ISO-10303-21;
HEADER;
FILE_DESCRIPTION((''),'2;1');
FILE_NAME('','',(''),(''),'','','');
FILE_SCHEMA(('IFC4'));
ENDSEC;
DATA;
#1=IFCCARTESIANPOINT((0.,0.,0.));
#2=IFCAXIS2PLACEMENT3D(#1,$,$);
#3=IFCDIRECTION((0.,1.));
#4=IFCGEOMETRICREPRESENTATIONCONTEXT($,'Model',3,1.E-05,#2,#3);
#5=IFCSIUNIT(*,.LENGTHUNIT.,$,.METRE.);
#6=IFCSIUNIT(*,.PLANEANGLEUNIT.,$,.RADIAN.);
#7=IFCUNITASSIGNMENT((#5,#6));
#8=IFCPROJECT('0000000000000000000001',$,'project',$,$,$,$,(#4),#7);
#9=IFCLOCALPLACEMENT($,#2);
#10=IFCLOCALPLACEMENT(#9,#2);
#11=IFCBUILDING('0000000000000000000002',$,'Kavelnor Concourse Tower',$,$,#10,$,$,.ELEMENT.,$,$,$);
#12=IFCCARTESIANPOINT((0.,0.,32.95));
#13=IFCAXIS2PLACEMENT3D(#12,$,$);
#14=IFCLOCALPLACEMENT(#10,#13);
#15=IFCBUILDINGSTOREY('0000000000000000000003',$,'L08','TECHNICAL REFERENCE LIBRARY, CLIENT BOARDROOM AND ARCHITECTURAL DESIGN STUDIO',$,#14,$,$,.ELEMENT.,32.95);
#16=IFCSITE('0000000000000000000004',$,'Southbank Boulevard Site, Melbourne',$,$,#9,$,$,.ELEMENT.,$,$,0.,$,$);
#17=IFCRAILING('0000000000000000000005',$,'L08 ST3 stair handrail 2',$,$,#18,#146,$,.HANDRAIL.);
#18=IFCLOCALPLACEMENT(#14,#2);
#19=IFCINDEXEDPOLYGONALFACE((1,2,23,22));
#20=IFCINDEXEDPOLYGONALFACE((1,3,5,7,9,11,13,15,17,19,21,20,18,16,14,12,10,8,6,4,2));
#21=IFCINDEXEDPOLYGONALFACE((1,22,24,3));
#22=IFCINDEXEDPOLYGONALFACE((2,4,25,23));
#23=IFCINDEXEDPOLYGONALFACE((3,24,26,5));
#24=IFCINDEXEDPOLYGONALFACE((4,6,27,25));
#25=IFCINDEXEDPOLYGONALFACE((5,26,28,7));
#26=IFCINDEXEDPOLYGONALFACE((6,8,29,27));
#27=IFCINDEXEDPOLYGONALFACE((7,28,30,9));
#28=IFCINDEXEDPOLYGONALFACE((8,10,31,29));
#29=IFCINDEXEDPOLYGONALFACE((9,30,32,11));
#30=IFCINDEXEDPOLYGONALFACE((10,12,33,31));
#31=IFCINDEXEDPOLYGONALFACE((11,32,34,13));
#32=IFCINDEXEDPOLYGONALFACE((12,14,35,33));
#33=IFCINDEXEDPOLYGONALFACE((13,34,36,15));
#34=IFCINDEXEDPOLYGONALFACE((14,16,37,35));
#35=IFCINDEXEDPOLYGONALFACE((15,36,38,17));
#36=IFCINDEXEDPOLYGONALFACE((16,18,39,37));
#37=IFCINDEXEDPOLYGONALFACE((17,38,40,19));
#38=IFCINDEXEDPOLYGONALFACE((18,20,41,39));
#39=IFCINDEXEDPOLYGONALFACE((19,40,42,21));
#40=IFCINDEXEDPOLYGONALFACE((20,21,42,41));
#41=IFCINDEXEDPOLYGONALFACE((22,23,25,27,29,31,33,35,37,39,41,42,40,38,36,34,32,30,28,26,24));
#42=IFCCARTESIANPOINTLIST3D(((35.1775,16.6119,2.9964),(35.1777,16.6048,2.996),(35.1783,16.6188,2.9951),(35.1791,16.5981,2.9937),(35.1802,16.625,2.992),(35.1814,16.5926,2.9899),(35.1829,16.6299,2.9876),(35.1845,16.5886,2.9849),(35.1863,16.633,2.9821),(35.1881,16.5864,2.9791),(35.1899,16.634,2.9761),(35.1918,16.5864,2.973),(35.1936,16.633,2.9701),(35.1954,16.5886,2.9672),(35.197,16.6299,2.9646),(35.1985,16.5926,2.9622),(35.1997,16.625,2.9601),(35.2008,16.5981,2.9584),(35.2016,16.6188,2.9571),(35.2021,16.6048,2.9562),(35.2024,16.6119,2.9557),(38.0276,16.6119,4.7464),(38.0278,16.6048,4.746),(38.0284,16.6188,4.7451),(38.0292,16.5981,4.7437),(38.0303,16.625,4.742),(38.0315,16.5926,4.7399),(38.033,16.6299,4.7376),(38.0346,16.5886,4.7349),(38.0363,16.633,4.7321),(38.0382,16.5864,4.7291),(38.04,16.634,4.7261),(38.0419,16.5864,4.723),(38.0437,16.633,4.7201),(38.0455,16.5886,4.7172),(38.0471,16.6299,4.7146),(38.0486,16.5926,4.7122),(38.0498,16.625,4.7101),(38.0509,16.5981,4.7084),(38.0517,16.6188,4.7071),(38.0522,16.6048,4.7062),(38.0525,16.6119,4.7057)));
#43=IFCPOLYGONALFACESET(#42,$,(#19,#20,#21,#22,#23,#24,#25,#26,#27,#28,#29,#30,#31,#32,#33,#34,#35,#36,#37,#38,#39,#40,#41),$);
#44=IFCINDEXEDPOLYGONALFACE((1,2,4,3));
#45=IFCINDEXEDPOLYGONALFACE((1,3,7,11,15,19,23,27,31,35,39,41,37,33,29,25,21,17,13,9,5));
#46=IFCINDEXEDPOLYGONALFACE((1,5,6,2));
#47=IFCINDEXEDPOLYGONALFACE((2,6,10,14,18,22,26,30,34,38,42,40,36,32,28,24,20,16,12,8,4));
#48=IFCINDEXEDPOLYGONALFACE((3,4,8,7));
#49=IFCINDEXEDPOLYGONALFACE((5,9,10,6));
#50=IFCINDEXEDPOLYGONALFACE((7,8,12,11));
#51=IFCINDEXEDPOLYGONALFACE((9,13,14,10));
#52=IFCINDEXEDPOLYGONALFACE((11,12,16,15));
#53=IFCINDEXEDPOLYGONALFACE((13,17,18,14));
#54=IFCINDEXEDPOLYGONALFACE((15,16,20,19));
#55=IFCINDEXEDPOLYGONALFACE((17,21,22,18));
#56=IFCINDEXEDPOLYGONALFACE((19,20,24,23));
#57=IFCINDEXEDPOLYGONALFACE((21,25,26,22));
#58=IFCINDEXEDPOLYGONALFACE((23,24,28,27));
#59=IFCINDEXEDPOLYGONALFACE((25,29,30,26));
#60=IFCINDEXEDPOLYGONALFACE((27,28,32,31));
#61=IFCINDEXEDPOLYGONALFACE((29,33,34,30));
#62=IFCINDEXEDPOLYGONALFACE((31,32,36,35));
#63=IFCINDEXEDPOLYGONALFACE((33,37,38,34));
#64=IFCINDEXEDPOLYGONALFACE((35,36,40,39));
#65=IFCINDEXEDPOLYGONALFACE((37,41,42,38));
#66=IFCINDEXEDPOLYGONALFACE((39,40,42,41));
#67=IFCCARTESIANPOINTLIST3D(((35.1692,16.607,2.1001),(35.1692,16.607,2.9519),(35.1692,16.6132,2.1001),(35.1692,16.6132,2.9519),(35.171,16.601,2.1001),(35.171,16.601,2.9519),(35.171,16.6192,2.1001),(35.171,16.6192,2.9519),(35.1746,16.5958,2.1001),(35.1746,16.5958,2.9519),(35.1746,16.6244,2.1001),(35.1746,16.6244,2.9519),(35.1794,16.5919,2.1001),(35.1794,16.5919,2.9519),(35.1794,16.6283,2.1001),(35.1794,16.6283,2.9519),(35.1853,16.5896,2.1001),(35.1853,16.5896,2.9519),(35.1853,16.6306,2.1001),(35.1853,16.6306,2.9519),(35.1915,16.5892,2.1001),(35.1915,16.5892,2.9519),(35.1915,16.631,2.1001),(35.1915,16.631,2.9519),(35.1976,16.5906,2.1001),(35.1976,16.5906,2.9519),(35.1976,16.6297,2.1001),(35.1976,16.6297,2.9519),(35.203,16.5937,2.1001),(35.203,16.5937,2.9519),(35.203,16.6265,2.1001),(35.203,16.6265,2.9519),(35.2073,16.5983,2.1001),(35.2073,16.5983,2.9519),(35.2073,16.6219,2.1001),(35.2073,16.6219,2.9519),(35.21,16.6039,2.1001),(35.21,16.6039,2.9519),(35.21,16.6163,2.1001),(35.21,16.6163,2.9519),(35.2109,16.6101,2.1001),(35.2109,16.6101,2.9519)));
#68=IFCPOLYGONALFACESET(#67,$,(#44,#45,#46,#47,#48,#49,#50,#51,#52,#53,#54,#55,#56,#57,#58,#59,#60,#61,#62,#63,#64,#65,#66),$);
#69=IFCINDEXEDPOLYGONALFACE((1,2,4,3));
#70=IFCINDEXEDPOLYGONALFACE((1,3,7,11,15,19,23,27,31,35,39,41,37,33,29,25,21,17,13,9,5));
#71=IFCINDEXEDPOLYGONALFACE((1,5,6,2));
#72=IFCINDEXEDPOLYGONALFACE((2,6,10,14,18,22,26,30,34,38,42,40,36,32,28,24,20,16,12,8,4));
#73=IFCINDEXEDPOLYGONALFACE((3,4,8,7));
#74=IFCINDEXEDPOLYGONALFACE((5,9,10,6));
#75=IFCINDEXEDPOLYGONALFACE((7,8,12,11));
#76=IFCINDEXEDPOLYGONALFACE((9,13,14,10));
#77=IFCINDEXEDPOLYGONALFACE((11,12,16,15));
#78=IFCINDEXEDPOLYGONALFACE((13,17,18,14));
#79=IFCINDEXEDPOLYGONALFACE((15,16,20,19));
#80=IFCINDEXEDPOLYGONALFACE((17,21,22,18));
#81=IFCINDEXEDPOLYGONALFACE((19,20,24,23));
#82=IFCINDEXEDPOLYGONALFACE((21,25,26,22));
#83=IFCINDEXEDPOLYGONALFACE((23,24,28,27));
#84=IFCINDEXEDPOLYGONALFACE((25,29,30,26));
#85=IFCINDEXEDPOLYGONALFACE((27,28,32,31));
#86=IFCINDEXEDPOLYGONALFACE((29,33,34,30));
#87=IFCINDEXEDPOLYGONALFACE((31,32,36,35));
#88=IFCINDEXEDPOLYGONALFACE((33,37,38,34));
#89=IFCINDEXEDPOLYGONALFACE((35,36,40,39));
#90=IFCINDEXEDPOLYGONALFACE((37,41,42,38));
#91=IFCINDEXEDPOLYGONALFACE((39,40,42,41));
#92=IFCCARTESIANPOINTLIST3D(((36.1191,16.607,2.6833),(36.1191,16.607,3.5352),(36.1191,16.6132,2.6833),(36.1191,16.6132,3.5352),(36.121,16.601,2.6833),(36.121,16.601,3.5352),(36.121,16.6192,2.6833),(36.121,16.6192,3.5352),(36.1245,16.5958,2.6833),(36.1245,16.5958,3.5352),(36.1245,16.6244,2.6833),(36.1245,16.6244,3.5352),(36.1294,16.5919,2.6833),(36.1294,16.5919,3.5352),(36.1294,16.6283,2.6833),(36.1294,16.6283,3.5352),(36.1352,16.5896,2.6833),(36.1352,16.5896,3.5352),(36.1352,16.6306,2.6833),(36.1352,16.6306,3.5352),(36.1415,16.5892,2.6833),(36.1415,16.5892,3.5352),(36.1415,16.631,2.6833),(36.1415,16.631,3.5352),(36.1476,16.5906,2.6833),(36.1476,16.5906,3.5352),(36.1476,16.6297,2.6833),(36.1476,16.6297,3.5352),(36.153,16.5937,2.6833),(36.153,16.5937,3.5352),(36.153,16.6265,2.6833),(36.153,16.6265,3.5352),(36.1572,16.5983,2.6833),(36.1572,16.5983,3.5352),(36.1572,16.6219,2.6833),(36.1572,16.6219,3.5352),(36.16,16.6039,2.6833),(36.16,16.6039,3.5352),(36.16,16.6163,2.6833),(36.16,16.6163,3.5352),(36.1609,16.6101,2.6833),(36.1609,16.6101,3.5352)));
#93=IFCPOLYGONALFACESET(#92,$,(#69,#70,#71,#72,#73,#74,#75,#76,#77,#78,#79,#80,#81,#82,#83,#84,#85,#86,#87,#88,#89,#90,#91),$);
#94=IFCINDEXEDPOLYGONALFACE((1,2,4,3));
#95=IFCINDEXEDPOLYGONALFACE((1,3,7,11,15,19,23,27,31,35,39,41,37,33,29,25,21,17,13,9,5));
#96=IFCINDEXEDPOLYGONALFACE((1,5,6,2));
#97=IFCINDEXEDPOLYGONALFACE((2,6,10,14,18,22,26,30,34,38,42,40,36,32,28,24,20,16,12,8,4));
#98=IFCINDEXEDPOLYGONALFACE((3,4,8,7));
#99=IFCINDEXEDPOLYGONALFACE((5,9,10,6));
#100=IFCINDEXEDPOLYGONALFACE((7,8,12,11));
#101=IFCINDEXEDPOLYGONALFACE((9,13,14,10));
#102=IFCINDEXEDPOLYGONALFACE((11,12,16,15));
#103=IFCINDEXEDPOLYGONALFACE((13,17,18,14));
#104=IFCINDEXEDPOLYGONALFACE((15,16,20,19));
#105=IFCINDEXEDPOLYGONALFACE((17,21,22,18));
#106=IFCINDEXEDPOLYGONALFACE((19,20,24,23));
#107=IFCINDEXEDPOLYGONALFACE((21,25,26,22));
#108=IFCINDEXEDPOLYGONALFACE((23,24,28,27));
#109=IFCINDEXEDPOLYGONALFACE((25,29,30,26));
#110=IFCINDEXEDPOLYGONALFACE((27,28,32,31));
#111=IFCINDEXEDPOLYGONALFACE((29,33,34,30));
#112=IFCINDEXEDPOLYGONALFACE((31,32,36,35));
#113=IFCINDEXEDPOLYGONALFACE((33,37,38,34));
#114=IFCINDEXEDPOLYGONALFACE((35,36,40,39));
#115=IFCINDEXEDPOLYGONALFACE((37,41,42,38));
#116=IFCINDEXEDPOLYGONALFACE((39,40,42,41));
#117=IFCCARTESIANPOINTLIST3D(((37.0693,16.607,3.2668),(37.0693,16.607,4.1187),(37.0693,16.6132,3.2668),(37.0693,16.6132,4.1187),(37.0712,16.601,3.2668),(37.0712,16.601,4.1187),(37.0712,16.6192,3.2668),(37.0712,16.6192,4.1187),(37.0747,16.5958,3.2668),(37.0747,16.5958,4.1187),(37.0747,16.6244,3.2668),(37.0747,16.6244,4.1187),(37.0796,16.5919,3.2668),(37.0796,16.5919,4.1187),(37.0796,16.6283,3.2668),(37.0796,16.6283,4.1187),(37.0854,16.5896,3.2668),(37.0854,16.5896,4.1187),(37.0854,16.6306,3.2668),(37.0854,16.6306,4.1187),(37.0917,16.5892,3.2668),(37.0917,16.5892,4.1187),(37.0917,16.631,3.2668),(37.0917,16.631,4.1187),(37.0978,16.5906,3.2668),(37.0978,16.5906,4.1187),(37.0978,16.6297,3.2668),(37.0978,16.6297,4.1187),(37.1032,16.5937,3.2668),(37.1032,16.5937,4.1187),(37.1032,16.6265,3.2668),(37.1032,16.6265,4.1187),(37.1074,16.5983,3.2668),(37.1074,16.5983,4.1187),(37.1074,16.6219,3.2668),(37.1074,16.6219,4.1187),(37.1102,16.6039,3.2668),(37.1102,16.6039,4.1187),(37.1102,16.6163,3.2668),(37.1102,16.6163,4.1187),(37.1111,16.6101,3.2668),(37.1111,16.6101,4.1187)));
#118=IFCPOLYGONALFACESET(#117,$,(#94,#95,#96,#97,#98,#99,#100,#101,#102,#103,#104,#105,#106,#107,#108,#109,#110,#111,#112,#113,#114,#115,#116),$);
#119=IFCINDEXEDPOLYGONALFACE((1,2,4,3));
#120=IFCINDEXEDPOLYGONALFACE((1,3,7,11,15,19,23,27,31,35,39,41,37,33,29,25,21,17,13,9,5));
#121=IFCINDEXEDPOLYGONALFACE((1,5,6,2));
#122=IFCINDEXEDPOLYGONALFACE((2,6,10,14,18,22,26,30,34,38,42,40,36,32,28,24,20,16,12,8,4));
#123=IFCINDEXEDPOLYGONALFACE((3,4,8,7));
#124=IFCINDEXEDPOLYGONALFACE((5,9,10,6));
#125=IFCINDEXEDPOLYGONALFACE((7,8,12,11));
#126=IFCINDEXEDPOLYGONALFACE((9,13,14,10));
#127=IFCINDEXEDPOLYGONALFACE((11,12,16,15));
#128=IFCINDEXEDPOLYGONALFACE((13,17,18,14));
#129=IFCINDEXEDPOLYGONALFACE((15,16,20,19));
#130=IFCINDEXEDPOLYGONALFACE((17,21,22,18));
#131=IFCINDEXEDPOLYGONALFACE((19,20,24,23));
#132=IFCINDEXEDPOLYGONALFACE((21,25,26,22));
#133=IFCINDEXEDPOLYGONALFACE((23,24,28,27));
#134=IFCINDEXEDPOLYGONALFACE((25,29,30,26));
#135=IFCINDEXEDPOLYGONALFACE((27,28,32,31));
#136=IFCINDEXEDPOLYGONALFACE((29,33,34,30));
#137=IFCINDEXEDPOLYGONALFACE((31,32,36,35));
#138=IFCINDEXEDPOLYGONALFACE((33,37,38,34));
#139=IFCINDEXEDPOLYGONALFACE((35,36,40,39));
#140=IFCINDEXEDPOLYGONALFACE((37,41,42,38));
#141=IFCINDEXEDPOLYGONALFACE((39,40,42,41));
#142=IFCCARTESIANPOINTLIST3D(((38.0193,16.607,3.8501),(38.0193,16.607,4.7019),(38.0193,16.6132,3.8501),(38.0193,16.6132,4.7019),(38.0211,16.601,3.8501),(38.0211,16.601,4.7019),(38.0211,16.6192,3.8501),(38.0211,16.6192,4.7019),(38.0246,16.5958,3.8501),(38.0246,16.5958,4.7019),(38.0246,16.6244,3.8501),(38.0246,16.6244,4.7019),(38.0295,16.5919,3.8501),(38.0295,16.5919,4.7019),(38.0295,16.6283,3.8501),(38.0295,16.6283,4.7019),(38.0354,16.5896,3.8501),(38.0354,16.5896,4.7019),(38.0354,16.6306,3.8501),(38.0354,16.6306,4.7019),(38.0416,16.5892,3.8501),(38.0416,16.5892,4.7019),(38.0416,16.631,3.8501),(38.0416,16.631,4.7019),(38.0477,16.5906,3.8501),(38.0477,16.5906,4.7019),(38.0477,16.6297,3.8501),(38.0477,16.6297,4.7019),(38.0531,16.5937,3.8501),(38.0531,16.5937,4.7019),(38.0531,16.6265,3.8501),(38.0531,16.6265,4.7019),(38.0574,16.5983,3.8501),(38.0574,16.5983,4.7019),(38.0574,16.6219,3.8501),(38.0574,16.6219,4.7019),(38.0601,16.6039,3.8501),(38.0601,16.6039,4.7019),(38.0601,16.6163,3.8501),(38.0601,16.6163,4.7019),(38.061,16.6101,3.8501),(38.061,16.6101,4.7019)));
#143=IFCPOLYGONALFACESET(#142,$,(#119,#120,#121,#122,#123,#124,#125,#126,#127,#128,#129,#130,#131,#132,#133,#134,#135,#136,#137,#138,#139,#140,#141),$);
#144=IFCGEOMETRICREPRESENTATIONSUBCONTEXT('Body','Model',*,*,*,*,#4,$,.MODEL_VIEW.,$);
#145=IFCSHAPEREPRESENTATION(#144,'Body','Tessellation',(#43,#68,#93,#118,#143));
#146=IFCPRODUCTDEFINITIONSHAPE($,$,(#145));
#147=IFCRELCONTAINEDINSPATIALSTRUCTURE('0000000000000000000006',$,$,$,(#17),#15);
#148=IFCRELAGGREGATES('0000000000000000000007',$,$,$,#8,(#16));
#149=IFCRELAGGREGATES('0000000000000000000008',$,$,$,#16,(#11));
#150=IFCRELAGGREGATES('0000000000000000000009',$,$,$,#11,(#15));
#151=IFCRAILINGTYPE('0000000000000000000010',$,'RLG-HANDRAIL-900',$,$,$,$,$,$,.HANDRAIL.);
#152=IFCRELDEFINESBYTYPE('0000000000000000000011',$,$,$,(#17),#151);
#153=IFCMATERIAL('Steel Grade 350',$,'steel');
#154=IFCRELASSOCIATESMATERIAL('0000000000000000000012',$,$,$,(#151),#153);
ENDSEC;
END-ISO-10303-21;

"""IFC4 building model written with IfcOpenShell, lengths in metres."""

from ifc_helpers import new_model, si_unit, direction, frame, origin, origin_2d, place, context, subcontext, project, spatial, circle, extrude, material, type_object, element, save


model = new_model("IFC4")

# Units and contexts
model_context = context("Model", 3, precision=1e-05, world=origin(), true_north=direction((0.0, 1.0)))
body_context = subcontext(model_context, "Body", "Model", "MODEL_VIEW")
ifc_project = project(units=[si_unit("LENGTHUNIT", "METRE"), si_unit("PLANEANGLEUNIT", "RADIAN")], contexts=[model_context])

# Site, building, storey
site_placement = place(None, origin())
site = spatial("IfcSite", under=ifc_project, at=site_placement, Name="Southbank Boulevard Site, Melbourne", CompositionType="ELEMENT", RefElevation=0.0)
building_placement = place(site_placement, origin())
building = spatial("IfcBuilding", under=site, at=building_placement, Name="Kavelnor Concourse Tower", CompositionType="ELEMENT")
storey_placement = place(building_placement, frame((0.0, 0.0, 32.95)))
storey = spatial("IfcBuildingStorey", under=building, at=storey_placement, Name="L08", Description="TECHNICAL REFERENCE LIBRARY, CLIENT BOARDROOM AND ARCHITECTURAL DESIGN STUDIO", CompositionType="ELEMENT", Elevation=32.95)

# Shared definitions
ifc_material_1 = material(Name="Steel Grade 350", Category="steel")

# Railing
railing_type_1 = type_object("IfcRailingType", Name="RLG-HANDRAIL-900", PredefinedType="HANDRAIL", material=ifc_material_1)
railing_1_placement = place(storey_placement, frame((35.1899, 16.6101, 2.1001)))
element("IfcRailing", 1, at=railing_1_placement, inside=storey, type_object=railing_type_1, Name="L08 ST3 stair handrail 2", PredefinedType="HANDRAIL", context=body_context, shape_type="SweptSolid", body=[
    extrude(circle(Radius=0.0239, at=origin_2d()), frame((0.0, 0.0, 0.876), z_axis=(0.852179, 0.0, 0.52325), x_axis=(0.0, 1.0, 0.0)), (0.0, 0.0, 1.0), 3.3445),
    extrude(circle(Radius=0.021, at=origin_2d()), origin(), (0.0, 0.0, 1.0), 0.8518),
    extrude(circle(Radius=0.021, at=origin_2d()), frame((0.95, 0.0, 0.5833)), (0.0, 0.0, 1.0), 0.8518),
    extrude(circle(Radius=0.021, at=origin_2d()), frame((1.9001, 0.0, 1.1667)), (0.0, 0.0, 1.0), 0.8518),
    extrude(circle(Radius=0.021, at=origin_2d()), frame((2.8501, 0.0, 1.75)), (0.0, 0.0, 1.0), 0.8518),
])

save(model, "model.ifc")
